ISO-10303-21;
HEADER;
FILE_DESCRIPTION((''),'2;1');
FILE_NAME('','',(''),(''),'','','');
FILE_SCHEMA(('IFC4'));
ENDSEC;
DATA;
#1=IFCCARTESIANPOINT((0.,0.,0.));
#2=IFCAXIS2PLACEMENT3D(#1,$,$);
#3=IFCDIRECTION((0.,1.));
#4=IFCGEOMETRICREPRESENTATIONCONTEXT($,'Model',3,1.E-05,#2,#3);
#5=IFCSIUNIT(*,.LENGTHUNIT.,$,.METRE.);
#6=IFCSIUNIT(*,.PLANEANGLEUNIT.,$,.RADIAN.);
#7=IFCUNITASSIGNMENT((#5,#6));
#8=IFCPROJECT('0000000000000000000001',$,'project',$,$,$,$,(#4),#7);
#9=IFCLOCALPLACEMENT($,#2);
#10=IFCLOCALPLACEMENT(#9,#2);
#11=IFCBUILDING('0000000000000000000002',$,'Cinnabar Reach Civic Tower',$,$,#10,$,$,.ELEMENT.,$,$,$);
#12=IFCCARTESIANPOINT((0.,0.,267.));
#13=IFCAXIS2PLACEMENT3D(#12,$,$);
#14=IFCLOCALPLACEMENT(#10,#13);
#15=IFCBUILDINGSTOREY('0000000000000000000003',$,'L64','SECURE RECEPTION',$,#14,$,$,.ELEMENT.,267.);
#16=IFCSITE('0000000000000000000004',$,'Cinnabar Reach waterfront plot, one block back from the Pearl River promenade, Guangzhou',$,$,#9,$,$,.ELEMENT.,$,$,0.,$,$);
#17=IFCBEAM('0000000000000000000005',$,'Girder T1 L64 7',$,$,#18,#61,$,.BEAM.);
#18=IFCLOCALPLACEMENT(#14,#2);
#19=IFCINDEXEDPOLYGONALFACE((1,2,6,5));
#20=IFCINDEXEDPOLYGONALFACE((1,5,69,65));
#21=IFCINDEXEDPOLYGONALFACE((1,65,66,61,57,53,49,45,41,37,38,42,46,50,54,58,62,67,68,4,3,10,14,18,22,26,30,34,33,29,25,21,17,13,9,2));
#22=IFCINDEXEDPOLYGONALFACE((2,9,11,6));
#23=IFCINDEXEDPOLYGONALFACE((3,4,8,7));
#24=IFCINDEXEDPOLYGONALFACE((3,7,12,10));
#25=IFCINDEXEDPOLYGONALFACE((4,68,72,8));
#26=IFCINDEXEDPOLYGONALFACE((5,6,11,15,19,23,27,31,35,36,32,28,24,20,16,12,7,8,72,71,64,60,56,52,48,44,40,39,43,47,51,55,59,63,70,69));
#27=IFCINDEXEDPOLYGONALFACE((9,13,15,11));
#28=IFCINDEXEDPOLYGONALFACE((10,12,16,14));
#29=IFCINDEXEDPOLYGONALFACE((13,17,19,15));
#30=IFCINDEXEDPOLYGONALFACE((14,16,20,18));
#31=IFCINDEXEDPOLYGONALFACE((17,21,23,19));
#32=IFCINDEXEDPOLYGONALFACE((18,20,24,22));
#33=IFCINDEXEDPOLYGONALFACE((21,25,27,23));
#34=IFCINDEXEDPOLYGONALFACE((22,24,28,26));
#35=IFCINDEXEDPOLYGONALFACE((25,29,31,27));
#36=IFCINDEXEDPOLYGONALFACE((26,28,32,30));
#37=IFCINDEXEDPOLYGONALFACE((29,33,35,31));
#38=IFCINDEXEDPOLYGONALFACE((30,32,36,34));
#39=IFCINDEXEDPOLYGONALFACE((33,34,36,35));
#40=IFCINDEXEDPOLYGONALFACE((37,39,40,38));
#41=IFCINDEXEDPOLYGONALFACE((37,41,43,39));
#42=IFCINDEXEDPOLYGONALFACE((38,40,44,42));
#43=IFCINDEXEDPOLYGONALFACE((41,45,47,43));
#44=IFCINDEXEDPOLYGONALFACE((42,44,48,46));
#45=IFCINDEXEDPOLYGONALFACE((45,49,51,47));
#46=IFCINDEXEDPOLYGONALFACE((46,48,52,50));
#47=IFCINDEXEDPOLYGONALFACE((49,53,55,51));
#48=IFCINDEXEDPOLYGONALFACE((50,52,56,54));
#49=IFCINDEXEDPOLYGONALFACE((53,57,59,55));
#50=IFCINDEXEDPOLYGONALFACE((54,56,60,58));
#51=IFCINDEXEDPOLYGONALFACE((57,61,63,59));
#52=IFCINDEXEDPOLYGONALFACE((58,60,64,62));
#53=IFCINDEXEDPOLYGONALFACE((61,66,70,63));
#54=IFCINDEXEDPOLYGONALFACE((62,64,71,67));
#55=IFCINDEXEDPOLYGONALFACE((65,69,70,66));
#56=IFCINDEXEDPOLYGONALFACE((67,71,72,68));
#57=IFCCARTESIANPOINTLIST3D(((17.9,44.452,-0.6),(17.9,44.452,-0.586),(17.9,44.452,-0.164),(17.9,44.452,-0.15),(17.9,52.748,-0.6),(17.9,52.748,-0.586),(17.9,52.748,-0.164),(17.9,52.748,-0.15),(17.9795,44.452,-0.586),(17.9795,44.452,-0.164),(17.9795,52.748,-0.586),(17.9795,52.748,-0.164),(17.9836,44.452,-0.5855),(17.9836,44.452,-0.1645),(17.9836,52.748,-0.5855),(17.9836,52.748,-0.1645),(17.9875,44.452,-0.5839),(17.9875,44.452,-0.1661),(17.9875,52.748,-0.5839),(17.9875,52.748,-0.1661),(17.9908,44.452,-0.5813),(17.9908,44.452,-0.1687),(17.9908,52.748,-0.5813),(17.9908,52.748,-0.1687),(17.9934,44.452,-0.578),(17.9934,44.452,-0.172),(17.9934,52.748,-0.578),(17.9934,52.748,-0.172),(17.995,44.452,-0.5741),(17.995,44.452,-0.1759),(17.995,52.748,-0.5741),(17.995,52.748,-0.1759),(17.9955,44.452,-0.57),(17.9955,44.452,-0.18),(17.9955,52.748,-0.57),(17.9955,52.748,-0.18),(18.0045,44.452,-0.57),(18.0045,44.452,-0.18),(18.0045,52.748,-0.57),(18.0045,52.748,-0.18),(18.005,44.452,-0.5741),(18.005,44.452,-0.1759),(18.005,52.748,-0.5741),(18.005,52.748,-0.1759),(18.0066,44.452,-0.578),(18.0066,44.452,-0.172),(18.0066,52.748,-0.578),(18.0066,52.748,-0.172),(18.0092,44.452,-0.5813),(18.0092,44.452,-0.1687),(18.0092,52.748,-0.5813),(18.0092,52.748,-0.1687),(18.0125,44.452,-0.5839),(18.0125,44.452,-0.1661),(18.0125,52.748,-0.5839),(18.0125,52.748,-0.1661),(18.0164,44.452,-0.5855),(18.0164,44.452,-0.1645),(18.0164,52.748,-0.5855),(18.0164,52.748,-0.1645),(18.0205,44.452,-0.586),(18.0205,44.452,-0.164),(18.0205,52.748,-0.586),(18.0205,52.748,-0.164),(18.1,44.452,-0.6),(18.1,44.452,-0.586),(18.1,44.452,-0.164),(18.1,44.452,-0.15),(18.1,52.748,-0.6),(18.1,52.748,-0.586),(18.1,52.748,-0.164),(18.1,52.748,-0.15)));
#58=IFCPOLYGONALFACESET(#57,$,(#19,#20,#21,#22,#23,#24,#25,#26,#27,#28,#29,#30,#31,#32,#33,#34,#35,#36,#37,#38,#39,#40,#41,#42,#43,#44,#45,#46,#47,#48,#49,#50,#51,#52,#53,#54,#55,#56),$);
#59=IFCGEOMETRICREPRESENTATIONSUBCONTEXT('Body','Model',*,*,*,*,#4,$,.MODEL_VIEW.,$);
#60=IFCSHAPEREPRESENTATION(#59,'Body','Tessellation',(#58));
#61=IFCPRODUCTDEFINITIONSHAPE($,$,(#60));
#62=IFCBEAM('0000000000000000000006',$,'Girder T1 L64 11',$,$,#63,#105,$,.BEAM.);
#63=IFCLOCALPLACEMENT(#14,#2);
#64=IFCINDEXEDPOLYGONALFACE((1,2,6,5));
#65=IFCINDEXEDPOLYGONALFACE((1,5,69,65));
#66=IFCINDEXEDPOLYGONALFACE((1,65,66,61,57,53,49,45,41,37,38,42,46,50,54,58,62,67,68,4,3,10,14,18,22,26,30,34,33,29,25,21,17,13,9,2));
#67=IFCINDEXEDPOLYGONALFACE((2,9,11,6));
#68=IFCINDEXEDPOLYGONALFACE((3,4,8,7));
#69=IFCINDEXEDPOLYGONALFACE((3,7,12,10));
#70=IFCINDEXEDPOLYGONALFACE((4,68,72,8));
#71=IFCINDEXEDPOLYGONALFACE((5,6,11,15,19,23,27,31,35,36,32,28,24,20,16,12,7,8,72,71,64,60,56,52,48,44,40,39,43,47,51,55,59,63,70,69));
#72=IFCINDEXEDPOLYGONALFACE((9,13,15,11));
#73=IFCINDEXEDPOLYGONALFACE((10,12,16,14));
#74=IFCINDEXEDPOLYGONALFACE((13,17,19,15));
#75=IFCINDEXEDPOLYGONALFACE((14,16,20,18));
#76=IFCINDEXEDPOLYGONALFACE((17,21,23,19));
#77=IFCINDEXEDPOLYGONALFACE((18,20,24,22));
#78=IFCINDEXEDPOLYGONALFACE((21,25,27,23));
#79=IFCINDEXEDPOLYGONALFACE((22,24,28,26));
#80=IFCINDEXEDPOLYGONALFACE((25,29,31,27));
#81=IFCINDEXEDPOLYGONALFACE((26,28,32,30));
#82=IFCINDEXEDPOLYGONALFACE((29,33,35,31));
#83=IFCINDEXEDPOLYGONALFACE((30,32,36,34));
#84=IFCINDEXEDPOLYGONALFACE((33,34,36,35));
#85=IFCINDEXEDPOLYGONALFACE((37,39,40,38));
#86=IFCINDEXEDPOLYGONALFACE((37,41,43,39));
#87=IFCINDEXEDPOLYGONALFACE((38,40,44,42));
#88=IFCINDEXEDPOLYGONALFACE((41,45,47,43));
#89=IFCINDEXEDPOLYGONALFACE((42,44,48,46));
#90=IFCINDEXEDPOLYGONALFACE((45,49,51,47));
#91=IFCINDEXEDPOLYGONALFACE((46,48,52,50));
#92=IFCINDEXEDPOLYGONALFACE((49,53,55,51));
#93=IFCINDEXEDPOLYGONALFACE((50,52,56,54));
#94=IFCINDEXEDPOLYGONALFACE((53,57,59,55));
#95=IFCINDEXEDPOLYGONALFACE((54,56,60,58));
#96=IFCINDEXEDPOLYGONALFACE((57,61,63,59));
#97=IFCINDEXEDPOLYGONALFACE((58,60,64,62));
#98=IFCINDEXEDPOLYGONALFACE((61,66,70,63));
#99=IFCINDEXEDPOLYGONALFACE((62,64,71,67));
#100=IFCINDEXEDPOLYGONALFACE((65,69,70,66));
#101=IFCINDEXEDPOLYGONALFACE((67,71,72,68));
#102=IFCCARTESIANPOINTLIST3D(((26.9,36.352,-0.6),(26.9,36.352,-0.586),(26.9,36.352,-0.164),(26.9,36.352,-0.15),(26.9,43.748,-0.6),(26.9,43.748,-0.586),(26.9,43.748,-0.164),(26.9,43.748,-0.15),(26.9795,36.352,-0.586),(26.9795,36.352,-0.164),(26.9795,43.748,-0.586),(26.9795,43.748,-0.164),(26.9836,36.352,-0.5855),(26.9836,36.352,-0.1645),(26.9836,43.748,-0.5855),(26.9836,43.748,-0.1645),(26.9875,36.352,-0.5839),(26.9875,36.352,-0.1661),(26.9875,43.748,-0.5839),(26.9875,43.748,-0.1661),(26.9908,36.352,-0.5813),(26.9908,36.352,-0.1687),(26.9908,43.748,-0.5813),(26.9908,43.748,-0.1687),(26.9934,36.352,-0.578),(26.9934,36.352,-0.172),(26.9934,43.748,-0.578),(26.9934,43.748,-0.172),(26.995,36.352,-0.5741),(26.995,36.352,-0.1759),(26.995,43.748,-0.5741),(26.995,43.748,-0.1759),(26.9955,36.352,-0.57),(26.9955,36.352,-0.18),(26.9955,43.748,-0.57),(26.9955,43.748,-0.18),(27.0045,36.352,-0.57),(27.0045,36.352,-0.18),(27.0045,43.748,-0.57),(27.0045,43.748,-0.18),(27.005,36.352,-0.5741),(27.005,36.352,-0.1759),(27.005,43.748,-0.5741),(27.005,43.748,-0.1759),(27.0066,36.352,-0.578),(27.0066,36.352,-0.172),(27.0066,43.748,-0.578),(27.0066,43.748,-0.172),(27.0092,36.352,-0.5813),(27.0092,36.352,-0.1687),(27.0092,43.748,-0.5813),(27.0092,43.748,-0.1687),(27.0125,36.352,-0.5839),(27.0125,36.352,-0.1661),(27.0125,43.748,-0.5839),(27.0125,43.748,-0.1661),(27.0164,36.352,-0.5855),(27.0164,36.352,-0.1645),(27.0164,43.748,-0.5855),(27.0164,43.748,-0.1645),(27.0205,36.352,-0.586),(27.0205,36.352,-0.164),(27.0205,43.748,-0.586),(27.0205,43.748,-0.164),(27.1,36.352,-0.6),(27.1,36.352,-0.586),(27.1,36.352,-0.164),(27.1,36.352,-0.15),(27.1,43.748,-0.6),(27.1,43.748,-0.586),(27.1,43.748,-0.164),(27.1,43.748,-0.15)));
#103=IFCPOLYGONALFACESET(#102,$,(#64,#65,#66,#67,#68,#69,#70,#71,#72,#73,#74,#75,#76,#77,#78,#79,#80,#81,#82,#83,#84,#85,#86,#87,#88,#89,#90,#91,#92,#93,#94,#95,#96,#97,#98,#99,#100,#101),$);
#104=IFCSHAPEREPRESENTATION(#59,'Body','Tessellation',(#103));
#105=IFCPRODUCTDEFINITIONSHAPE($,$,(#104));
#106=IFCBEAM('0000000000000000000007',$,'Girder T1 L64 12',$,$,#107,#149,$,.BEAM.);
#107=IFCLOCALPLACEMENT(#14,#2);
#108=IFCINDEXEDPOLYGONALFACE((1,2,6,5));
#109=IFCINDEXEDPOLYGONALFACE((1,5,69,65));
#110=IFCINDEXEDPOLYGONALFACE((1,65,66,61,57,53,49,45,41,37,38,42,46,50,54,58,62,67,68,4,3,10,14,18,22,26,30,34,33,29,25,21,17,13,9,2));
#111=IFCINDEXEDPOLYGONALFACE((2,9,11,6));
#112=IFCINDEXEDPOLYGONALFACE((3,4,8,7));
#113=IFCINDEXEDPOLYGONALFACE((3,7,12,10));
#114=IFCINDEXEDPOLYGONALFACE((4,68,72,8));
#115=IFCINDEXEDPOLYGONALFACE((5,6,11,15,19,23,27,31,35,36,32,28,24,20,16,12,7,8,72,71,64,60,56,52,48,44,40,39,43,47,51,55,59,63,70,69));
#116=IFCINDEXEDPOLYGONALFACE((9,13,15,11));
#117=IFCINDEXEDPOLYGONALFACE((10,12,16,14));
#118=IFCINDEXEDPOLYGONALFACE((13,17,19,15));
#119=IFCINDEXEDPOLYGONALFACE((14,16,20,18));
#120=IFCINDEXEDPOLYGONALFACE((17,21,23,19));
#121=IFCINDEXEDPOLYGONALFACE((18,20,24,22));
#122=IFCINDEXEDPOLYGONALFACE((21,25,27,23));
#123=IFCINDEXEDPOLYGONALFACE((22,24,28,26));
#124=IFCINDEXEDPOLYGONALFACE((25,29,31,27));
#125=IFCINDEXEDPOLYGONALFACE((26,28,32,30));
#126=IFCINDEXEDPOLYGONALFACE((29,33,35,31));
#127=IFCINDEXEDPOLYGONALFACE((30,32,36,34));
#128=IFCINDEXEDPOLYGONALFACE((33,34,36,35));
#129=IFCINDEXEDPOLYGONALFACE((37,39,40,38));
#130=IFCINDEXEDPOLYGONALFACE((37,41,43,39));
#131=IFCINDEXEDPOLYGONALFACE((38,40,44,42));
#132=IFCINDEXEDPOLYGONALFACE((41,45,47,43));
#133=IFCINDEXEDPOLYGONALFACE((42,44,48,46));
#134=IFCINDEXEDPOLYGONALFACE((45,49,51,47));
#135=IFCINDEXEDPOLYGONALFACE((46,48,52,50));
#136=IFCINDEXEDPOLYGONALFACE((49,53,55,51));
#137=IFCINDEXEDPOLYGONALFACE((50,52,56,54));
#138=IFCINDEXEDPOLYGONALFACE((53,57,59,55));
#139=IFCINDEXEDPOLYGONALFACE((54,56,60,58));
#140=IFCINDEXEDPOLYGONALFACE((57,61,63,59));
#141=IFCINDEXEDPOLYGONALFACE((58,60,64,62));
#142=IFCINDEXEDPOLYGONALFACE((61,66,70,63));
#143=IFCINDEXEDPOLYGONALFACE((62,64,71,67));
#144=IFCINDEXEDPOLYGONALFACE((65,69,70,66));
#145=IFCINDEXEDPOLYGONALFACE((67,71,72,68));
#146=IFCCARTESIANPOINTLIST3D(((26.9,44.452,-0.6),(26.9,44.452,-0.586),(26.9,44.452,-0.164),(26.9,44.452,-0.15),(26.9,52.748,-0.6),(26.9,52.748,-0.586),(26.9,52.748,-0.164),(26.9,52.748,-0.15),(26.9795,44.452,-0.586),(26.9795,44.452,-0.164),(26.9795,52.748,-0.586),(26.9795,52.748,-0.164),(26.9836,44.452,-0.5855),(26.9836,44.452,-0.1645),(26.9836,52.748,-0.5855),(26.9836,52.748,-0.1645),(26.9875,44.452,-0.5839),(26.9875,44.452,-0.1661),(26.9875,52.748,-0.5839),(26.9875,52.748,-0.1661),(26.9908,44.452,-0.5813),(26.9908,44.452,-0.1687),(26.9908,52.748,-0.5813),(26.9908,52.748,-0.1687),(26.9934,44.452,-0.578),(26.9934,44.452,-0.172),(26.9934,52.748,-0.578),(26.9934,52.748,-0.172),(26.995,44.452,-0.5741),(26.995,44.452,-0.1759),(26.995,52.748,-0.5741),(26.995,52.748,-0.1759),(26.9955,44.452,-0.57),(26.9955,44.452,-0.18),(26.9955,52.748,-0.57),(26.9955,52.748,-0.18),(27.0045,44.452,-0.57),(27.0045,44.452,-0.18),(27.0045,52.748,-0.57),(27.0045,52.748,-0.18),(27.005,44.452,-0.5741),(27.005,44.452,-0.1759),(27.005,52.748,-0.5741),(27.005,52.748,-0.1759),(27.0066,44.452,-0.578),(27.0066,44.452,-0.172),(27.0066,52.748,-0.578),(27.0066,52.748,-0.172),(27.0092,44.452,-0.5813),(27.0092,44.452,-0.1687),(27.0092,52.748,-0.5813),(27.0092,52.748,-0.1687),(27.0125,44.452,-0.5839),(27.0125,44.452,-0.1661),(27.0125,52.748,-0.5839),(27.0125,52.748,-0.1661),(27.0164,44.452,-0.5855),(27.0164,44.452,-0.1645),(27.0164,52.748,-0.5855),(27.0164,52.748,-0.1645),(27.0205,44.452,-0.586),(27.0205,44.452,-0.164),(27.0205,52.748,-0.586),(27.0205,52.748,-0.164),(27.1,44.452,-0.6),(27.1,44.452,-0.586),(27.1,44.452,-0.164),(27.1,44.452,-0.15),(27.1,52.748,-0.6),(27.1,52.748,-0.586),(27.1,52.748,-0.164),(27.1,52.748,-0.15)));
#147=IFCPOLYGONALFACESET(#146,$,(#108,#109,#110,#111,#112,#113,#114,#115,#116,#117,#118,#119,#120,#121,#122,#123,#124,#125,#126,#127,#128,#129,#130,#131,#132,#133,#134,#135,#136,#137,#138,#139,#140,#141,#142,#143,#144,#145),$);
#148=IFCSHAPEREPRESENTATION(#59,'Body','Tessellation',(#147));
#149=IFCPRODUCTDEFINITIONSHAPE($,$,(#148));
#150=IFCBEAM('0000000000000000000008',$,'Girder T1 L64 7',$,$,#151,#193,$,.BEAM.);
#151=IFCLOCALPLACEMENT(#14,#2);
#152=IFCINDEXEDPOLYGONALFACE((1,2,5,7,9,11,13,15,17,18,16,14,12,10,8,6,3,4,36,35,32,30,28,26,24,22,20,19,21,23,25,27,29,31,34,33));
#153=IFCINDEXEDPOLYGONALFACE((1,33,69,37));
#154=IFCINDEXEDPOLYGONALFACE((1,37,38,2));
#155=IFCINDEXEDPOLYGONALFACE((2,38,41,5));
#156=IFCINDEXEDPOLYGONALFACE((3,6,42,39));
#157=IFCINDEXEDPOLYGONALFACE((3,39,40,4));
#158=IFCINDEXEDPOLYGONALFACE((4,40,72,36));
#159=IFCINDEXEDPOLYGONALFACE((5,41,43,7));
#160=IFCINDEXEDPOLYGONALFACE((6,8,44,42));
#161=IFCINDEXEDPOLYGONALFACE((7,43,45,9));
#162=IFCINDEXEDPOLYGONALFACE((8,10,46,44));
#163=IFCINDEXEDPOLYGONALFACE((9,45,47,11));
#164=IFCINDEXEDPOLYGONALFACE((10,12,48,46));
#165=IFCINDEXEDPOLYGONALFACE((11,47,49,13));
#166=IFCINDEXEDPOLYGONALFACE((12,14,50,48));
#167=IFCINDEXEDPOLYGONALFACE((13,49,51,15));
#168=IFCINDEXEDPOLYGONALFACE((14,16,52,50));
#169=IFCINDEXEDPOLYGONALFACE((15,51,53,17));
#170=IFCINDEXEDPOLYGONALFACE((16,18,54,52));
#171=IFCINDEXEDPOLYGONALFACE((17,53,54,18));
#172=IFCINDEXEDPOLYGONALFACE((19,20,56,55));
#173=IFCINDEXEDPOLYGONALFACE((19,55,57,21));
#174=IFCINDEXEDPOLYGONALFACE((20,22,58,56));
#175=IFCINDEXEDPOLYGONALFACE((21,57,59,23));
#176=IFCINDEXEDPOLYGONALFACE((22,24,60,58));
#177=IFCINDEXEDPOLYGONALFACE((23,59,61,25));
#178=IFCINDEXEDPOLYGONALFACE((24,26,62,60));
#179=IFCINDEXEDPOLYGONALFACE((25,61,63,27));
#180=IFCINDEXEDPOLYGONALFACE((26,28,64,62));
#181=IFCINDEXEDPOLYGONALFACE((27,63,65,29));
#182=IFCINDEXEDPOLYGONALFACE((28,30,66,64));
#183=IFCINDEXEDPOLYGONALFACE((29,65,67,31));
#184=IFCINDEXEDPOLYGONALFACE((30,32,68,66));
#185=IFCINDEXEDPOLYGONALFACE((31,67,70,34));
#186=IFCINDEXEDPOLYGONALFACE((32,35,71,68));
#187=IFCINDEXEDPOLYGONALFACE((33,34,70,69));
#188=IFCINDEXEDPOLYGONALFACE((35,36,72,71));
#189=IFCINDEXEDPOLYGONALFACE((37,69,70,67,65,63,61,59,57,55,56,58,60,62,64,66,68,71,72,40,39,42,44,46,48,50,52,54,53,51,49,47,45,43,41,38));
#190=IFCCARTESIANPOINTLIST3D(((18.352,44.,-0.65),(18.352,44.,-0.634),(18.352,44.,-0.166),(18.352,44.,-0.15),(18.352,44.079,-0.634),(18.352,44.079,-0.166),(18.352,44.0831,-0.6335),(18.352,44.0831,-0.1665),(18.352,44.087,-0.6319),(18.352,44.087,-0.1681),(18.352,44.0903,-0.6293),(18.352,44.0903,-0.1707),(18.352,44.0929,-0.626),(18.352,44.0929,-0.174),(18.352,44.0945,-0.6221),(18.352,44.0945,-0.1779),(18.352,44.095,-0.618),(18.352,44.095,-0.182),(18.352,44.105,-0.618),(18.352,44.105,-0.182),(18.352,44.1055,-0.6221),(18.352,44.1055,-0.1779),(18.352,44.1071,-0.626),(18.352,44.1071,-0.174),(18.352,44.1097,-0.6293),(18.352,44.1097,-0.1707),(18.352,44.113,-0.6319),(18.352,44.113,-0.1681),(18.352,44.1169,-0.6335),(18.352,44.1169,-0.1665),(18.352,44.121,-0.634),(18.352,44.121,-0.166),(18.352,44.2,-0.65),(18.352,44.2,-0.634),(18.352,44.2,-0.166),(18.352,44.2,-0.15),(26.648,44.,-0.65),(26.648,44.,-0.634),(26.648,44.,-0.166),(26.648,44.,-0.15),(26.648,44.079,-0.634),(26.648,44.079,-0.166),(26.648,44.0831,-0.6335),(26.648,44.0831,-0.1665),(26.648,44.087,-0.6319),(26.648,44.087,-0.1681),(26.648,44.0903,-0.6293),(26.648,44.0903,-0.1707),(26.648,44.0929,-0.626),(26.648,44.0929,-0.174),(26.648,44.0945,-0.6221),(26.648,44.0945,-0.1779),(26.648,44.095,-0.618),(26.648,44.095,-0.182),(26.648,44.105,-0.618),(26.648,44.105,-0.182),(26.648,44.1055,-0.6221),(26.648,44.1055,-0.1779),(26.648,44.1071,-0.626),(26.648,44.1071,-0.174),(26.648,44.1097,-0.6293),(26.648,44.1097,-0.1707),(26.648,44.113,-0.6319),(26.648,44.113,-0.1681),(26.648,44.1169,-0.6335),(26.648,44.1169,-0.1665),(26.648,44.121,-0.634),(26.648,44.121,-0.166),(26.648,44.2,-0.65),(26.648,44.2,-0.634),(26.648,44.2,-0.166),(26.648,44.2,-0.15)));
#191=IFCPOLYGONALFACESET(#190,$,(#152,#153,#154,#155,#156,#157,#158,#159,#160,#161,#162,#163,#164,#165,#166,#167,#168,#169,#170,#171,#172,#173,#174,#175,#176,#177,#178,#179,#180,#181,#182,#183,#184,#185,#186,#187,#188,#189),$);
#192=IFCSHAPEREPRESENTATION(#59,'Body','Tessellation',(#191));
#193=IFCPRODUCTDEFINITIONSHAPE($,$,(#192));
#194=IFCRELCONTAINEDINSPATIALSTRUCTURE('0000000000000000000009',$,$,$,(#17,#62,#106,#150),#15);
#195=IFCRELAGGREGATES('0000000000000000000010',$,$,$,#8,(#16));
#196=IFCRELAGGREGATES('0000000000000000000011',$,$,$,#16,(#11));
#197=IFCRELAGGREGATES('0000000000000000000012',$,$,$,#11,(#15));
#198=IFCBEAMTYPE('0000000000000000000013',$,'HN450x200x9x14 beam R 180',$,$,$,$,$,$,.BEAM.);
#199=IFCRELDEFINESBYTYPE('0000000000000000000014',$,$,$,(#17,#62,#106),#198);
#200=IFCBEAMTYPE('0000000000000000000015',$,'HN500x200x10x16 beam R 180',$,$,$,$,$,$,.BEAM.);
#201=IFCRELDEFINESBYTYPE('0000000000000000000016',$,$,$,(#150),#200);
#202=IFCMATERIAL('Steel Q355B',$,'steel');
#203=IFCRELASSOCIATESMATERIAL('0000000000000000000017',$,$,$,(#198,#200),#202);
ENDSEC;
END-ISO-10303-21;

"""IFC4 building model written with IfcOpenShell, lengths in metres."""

from ifc_helpers import new_model, si_unit, direction, frame, origin, origin_2d, place, context, subcontext, project, spatial, i_section, extrude, material, material_profile, profile_set, type_object, element, save


model = new_model("IFC4")

# Units and contexts
model_context = context("Model", 3, precision=1e-05, world=origin(), true_north=direction((0.0, 1.0)))
body_context = subcontext(model_context, "Body", "Model", "MODEL_VIEW")
ifc_project = project(units=[si_unit("LENGTHUNIT", "METRE"), si_unit("PLANEANGLEUNIT", "RADIAN")], contexts=[model_context])

# Site, building, storey
site_placement = place(None, origin())
site = spatial("IfcSite", under=ifc_project, at=site_placement, Name="Cinnabar Reach waterfront plot, one block back from the Pearl River promenade, Guangzhou", CompositionType="ELEMENT", RefElevation=0.0)
building_placement = place(site_placement, origin())
building = spatial("IfcBuilding", under=site, at=building_placement, Name="Cinnabar Reach Civic Tower", CompositionType="ELEMENT")
storey_placement = place(building_placement, frame((0.0, 0.0, 267.0)))
storey = spatial("IfcBuildingStorey", under=building, at=storey_placement, Name="L64", Description="SECURE RECEPTION", CompositionType="ELEMENT", Elevation=267.0)

# Beams
ifc_material_1 = material(Name="Steel Q355B", Category="steel")
ifc_material_profile_1 = material_profile(ifc_material_1, i_section(OverallWidth=0.2, OverallDepth=0.45, WebThickness=0.009, FlangeThickness=0.014, FilletRadius=0.016, at=origin_2d()), Name="HN450x200x9x14")
ifc_profile_set_1 = profile_set([ifc_material_profile_1], Name="Steel Q355B")
beam_type_1 = type_object("IfcBeamType", Name="HN450x200x9x14 beam R 180", PredefinedType="BEAM", material=ifc_profile_set_1)
beam_1_placement = place(storey_placement, frame((18.0, 44.452, -0.375), z_axis=(0.0, 1.0, 0.0), x_axis=(-1.0, 0.0, 0.0)))
element("IfcBeam", 1, at=beam_1_placement, inside=storey, type_object=beam_type_1, Name="Girder T1 L64 7", PredefinedType="BEAM", context=body_context, shape_type="SweptSolid", body=[
    extrude(i_section(OverallWidth=0.2, OverallDepth=0.45, WebThickness=0.009, FlangeThickness=0.014, FilletRadius=0.016, at=origin_2d()), origin(), (0.0, 0.0, 1.0), 8.296),
])
beam_2_placement = place(storey_placement, frame((27.0, 36.352, -0.375), z_axis=(0.0, 1.0, 0.0), x_axis=(-1.0, 0.0, 0.0)))
element("IfcBeam", 2, at=beam_2_placement, inside=storey, type_object=beam_type_1, Name="Girder T1 L64 11", PredefinedType="BEAM", context=body_context, shape_type="SweptSolid", body=[
    extrude(i_section(OverallWidth=0.2, OverallDepth=0.45, WebThickness=0.009, FlangeThickness=0.014, FilletRadius=0.016, at=origin_2d()), origin(), (0.0, 0.0, 1.0), 7.396),
])
beam_3_placement = place(storey_placement, frame((27.0, 44.452, -0.375), z_axis=(0.0, 1.0, 0.0), x_axis=(-1.0, 0.0, 0.0)))
element("IfcBeam", 3, at=beam_3_placement, inside=storey, type_object=beam_type_1, Name="Girder T1 L64 12", PredefinedType="BEAM", context=body_context, shape_type="SweptSolid", body=[
    extrude(i_section(OverallWidth=0.2, OverallDepth=0.45, WebThickness=0.009, FlangeThickness=0.014, FilletRadius=0.016, at=origin_2d()), origin(), (0.0, 0.0, 1.0), 8.296),
])
ifc_material_profile_2 = material_profile(ifc_material_1, i_section(OverallWidth=0.2, OverallDepth=0.5, WebThickness=0.01, FlangeThickness=0.016, FilletRadius=0.016, at=origin_2d()), Name="HN500x200x10x16")
ifc_profile_set_2 = profile_set([ifc_material_profile_2], Name="Steel Q355B")
beam_type_2 = type_object("IfcBeamType", Name="HN500x200x10x16 beam R 180", PredefinedType="BEAM", material=ifc_profile_set_2)
beam_4_placement = place(storey_placement, frame((18.352, 44.1, -0.4), z_axis=(1.0, 0.0, 0.0), x_axis=(0.0, 1.0, 0.0)))
element("IfcBeam", 4, at=beam_4_placement, inside=storey, type_object=beam_type_2, Name="Girder T1 L64 7", PredefinedType="BEAM", context=body_context, shape_type="SweptSolid", body=[
    extrude(i_section(OverallWidth=0.2, OverallDepth=0.5, WebThickness=0.01, FlangeThickness=0.016, FilletRadius=0.016, at=origin_2d()), origin(), (0.0, 0.0, 1.0), 8.296),
])

save(model, "model.ifc")
